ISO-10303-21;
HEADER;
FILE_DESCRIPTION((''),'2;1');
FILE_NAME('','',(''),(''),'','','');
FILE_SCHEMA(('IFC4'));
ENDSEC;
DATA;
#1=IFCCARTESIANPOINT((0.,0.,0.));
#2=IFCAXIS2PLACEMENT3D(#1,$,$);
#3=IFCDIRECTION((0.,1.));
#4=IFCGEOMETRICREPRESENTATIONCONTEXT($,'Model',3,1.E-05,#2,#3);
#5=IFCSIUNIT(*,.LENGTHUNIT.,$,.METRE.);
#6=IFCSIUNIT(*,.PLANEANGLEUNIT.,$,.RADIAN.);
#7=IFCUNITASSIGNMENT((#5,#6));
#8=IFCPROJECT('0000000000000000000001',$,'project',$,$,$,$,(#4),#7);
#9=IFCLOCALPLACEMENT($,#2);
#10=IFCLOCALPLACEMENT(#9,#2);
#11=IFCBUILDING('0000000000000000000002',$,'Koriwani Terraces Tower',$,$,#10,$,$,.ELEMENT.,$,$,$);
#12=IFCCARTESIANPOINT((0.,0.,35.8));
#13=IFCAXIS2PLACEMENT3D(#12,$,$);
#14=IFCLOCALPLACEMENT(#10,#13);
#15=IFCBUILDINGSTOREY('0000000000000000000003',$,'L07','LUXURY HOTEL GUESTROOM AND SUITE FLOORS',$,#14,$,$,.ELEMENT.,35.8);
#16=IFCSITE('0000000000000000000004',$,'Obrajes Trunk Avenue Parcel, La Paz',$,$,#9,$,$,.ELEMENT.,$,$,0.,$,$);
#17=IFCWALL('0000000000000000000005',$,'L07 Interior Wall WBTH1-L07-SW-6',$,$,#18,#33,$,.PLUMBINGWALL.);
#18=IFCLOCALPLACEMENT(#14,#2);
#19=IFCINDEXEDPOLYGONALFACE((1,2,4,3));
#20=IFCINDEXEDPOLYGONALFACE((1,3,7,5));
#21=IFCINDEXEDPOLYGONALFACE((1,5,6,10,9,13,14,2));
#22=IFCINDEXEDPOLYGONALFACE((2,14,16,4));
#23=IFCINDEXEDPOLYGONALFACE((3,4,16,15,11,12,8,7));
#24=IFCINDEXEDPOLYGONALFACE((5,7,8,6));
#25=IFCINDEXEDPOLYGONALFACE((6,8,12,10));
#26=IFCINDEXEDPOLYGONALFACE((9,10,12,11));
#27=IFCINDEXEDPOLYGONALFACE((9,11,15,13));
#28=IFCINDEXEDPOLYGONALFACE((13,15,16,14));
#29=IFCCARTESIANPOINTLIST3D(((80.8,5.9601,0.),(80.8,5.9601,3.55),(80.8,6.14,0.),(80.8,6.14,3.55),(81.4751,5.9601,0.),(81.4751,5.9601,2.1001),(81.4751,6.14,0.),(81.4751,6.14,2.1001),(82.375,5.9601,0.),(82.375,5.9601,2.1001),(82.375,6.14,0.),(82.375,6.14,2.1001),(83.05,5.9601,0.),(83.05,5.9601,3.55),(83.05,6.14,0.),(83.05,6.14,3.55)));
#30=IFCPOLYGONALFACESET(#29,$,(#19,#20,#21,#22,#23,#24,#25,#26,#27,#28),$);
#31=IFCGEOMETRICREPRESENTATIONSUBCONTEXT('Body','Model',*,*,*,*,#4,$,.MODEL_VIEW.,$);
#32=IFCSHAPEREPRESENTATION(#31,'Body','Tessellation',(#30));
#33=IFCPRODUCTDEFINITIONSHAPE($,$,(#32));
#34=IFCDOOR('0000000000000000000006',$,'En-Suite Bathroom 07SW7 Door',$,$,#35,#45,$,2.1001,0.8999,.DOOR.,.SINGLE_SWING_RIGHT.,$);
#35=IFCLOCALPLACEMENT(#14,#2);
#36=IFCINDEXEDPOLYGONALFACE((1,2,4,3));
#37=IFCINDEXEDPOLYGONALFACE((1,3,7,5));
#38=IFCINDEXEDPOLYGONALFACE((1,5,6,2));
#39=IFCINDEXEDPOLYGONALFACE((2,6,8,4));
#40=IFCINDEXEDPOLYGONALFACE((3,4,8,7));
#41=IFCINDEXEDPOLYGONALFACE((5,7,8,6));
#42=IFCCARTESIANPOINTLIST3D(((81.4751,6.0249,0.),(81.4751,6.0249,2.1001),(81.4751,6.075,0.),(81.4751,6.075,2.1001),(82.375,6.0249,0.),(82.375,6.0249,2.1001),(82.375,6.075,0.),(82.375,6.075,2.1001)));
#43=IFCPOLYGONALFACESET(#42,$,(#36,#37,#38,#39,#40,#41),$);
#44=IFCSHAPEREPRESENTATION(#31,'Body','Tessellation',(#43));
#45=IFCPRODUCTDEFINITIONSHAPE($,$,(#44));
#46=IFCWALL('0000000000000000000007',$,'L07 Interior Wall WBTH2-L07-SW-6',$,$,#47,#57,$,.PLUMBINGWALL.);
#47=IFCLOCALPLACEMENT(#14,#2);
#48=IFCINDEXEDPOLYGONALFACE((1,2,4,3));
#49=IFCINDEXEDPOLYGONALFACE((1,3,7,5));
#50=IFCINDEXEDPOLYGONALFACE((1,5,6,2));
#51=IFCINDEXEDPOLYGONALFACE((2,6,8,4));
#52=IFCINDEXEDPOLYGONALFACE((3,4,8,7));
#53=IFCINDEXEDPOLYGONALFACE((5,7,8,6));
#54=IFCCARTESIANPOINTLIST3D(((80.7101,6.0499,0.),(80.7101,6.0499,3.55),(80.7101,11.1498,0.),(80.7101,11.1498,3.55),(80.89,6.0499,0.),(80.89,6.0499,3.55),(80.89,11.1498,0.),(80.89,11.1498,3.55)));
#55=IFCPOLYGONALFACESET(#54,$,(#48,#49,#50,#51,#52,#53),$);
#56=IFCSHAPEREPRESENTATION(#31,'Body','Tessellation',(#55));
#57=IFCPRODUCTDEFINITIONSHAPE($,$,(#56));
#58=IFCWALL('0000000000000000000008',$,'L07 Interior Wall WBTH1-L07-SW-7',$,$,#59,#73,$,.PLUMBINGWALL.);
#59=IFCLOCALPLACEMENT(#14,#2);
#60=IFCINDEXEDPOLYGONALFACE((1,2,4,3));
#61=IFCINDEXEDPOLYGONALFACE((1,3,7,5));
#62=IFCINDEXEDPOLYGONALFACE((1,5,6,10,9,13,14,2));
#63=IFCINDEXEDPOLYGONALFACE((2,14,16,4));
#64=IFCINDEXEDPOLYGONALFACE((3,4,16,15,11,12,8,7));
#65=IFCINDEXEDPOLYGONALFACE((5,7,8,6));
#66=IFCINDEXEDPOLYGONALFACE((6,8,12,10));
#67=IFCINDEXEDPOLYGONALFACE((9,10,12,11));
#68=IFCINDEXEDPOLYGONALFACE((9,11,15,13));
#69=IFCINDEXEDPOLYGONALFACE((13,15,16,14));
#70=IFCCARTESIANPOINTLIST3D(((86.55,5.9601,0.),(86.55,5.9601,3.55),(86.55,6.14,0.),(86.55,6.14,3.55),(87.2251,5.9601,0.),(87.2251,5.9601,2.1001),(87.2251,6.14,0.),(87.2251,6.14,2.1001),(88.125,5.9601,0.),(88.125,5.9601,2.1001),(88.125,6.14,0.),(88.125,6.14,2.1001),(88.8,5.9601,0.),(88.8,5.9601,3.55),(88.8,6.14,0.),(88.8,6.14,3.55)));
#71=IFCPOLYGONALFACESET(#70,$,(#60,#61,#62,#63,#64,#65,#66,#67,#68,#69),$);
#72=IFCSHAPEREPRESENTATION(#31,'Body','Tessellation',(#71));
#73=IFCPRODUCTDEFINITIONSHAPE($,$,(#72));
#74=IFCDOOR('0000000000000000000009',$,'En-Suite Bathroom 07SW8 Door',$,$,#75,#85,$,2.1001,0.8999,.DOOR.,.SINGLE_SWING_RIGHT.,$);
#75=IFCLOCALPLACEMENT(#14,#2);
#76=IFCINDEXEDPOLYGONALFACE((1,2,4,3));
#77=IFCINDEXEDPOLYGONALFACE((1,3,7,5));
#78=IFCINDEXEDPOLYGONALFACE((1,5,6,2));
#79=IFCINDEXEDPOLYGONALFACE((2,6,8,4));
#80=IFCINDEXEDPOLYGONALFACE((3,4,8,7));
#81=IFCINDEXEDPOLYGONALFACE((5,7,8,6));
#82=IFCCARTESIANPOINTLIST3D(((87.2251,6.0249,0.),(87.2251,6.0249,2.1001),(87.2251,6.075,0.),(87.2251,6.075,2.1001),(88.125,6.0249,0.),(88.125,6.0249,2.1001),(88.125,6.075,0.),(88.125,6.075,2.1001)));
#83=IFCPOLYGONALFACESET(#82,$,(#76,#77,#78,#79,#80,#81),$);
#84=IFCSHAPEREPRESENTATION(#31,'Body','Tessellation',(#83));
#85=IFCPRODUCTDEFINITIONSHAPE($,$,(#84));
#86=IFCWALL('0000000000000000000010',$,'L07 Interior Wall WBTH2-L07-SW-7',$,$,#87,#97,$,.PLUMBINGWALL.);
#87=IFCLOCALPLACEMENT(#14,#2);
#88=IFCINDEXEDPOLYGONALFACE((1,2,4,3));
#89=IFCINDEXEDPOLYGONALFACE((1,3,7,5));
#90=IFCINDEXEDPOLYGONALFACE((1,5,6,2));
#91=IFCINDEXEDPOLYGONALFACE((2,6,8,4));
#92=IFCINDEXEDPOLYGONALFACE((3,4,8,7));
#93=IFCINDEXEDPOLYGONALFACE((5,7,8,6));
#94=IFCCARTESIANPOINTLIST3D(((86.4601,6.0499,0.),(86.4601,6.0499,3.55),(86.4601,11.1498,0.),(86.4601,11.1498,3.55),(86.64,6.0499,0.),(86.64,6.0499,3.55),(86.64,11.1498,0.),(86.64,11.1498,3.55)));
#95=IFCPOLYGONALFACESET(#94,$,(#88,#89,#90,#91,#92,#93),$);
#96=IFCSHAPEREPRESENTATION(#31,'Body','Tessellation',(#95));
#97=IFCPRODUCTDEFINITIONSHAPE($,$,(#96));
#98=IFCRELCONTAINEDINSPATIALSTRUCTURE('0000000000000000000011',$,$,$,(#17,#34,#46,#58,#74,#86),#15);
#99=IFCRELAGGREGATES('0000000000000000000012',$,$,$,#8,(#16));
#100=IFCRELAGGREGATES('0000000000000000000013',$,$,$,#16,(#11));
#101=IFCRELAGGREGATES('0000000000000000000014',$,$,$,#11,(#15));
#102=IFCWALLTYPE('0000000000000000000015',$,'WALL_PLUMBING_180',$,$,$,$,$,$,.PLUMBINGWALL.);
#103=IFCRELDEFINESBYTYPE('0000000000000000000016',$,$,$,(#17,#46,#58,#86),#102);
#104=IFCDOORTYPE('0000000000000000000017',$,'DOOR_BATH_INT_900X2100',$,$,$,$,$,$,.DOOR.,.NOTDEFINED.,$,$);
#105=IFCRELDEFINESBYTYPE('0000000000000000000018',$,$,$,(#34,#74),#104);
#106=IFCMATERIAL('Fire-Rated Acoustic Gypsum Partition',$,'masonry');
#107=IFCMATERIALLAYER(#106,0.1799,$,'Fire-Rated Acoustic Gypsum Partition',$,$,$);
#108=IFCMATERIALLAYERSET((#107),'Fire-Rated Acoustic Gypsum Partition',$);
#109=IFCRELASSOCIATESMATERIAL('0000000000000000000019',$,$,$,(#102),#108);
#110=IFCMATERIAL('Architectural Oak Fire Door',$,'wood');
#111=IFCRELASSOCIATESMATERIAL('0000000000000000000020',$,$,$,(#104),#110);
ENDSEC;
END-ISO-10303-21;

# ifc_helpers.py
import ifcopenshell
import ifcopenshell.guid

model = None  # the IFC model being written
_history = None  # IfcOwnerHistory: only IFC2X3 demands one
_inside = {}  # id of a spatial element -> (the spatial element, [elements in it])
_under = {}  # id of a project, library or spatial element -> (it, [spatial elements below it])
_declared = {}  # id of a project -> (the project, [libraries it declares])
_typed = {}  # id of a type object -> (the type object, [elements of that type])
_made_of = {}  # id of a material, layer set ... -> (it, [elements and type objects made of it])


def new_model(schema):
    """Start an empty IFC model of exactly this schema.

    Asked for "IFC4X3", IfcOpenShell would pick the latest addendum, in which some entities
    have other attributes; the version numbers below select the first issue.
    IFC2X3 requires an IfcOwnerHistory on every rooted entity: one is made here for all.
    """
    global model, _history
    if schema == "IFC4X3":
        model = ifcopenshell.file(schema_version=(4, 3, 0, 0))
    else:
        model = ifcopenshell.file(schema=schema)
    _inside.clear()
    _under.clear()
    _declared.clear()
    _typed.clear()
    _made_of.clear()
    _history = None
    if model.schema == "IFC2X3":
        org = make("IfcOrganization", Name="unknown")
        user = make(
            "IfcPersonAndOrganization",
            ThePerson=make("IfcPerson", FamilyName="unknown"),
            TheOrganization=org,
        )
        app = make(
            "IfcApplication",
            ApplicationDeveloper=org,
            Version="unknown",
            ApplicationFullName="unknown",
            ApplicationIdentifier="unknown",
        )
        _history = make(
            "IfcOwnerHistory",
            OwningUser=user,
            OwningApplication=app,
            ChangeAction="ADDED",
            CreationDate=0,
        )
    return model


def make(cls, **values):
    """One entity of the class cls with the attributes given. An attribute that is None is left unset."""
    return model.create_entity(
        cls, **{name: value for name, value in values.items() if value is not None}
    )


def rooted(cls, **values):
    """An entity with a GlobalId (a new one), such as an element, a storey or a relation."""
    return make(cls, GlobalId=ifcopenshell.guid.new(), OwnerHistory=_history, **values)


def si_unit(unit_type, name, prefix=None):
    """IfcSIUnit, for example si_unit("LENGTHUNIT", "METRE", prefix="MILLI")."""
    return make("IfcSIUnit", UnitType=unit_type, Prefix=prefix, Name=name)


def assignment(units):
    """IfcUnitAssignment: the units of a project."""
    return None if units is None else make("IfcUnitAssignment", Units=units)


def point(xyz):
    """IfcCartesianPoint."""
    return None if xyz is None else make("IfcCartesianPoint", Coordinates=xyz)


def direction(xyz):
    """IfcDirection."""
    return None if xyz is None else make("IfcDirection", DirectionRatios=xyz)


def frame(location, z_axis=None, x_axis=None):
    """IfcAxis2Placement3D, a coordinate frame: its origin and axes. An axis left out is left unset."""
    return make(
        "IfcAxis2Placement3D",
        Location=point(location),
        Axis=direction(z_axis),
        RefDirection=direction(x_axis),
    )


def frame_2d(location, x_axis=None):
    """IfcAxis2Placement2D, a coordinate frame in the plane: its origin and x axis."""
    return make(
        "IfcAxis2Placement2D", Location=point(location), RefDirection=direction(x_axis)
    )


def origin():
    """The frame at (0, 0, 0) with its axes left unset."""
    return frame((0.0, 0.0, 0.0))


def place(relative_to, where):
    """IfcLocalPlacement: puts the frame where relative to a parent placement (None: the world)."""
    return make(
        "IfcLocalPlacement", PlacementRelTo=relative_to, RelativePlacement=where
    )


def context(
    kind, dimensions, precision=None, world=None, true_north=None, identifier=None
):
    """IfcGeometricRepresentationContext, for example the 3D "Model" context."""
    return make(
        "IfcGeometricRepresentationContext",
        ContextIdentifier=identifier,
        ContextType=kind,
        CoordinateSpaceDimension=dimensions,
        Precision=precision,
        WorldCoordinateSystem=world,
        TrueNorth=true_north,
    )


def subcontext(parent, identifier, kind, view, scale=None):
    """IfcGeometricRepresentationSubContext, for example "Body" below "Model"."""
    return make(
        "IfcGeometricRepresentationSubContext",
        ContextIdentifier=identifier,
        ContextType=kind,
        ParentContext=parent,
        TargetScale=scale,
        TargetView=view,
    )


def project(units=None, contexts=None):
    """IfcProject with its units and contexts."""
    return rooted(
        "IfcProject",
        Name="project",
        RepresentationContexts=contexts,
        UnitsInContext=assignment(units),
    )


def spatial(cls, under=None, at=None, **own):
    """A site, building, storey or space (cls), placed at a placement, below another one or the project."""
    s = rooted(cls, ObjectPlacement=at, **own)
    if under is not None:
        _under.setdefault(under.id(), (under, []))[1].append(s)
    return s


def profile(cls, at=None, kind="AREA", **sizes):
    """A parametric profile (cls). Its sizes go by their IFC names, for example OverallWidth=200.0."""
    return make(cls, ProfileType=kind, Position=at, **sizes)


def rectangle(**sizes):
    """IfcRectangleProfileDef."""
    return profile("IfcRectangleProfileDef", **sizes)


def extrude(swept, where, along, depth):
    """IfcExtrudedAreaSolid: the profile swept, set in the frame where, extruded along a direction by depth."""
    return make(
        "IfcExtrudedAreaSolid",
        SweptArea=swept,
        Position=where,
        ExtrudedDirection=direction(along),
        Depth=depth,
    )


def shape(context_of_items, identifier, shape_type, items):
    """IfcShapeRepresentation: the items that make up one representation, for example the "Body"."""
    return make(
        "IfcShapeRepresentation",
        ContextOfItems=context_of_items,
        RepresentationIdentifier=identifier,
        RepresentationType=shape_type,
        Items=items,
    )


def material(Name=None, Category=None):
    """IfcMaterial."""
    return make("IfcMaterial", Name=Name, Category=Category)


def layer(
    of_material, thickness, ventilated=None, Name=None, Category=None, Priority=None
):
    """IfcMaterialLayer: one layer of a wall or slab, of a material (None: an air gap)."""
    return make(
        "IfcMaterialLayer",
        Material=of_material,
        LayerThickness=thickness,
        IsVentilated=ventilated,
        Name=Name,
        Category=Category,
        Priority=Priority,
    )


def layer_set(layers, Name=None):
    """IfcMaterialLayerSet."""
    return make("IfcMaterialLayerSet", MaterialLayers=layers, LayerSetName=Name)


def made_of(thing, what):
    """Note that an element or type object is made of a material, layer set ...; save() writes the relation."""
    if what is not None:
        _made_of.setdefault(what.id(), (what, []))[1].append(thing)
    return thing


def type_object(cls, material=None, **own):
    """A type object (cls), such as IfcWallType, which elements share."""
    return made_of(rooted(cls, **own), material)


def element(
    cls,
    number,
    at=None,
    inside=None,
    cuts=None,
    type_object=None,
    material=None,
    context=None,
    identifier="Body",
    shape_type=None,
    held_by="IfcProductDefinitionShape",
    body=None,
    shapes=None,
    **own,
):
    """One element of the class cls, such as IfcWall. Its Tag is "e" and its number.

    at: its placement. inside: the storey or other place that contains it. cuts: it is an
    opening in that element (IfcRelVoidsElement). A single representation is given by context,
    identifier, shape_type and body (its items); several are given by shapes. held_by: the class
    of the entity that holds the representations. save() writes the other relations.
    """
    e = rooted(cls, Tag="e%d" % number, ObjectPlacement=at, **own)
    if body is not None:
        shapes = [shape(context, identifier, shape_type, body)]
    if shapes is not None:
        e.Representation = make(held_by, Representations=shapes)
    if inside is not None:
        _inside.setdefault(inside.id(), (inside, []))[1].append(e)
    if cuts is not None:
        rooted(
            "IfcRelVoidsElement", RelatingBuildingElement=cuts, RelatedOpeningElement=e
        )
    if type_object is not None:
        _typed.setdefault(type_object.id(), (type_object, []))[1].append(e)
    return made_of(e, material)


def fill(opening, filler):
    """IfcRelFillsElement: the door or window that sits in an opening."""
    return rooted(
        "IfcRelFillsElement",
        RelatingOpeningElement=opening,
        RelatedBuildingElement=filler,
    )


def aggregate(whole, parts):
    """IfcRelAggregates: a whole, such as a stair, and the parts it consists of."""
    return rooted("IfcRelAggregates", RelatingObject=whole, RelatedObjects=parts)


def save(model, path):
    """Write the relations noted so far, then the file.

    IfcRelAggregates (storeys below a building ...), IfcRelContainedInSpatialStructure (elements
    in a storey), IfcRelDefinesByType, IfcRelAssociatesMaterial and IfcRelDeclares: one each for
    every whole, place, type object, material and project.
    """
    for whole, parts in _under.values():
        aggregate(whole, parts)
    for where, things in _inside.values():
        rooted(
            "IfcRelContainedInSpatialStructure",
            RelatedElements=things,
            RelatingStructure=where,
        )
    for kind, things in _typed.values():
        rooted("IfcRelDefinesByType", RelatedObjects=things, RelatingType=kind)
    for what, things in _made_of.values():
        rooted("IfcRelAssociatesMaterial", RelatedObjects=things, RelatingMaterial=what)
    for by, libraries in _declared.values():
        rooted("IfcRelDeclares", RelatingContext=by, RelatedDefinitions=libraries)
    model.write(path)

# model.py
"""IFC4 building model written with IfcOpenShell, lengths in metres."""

from ifc_helpers import new_model, si_unit, direction, frame, frame_2d, origin, place, context, subcontext, project, spatial, rectangle, extrude, material, layer, layer_set, type_object, element, fill, save


model = new_model("IFC4")

# Units and contexts
model_context = context("Model", 3, precision=1e-05, world=origin(), true_north=direction((0.0, 1.0)))
body_context = subcontext(model_context, "Body", "Model", "MODEL_VIEW")
ifc_project = project(units=[si_unit("LENGTHUNIT", "METRE"), si_unit("PLANEANGLEUNIT", "RADIAN")], contexts=[model_context])

# Site, building, storey
site_placement = place(None, origin())
site = spatial("IfcSite", under=ifc_project, at=site_placement, Name="Obrajes Trunk Avenue Parcel, La Paz", CompositionType="ELEMENT", RefElevation=0.0)
building_placement = place(site_placement, origin())
building = spatial("IfcBuilding", under=site, at=building_placement, Name="Koriwani Terraces Tower", CompositionType="ELEMENT")
storey_placement = place(building_placement, frame((0.0, 0.0, 35.8)))
storey = spatial("IfcBuildingStorey", under=building, at=storey_placement, Name="L07", Description="LUXURY HOTEL GUESTROOM AND SUITE FLOORS", CompositionType="ELEMENT", Elevation=35.8)

# Wall, opening, door
ifc_material_1 = material(Name="Fire-Rated Acoustic Gypsum Partition", Category="masonry")
ifc_layer_1 = layer(ifc_material_1, 0.1799, Name="Fire-Rated Acoustic Gypsum Partition")
ifc_layer_set_1 = layer_set([ifc_layer_1], Name="Fire-Rated Acoustic Gypsum Partition")
wall_type_1 = type_object("IfcWallType", Name="WALL_PLUMBING_180", PredefinedType="PLUMBINGWALL", material=ifc_layer_set_1)
wall_1_placement = place(storey_placement, frame((80.8, 6.05, 0.0), z_axis=(0.0, 0.0, 1.0), x_axis=(1.0, 0.0, 0.0)))
wall_1 = element("IfcWall", 1, at=wall_1_placement, inside=storey, type_object=wall_type_1, Name="L07 Interior Wall WBTH1-L07-SW-6", PredefinedType="PLUMBINGWALL", context=body_context, shape_type="SweptSolid", body=[
    extrude(rectangle(XDim=2.25, YDim=0.1799, at=frame_2d((1.125, 0.0))), origin(), (0.0, 0.0, 1.0), 3.55),
])
opening_1_placement = place(wall_1_placement, frame((0.675, 0.0, 0.0)))
opening_1 = element("IfcOpeningElement", 2, at=opening_1_placement, cuts=wall_1, PredefinedType="OPENING", context=body_context, shape_type="SweptSolid", body=[
    extrude(rectangle(XDim=0.8999, YDim=2.1001, at=frame_2d((0.45, 1.05))), frame((0.0, 0.1001, 0.0), z_axis=(0.0, -1.0, 0.0), x_axis=(1.0, 0.0, 0.0)), (0.0, 0.0, 1.0), 0.2),
])
ifc_material_2 = material(Name="Architectural Oak Fire Door", Category="wood")
door_type_1 = type_object("IfcDoorType", Name="DOOR_BATH_INT_900X2100", OperationType="NOTDEFINED", PredefinedType="DOOR", material=ifc_material_2)
door_1_placement = place(opening_1_placement, origin())
door_1 = element("IfcDoor", 3, at=door_1_placement, inside=storey, type_object=door_type_1, Name="En-Suite Bathroom 07SW7 Door", OperationType="SINGLE_SWING_RIGHT", OverallHeight=2.1001, OverallWidth=0.8999, PredefinedType="DOOR", context=body_context, shape_type="SweptSolid", body=[
    extrude(rectangle(XDim=0.8999, YDim=2.1001, at=frame_2d((0.45, 1.05))), frame((0.0, 0.0249, 0.0), z_axis=(0.0, -1.0, 0.0), x_axis=(1.0, 0.0, 0.0)), (0.0, 0.0, 1.0), 0.05),
])
fill(opening_1, door_1)

# Wall
wall_2_placement = place(storey_placement, frame((80.8, 6.05, 0.0), z_axis=(0.0, 0.0, 1.0), x_axis=(0.0, 1.0, 0.0)))
element("IfcWall", 4, at=wall_2_placement, inside=storey, type_object=wall_type_1, Name="L07 Interior Wall WBTH2-L07-SW-6", PredefinedType="PLUMBINGWALL", context=body_context, shape_type="SweptSolid", body=[
    extrude(rectangle(XDim=5.0999, YDim=0.1799, at=frame_2d((2.5498, 0.0))), origin(), (0.0, 0.0, 1.0), 3.55),
])

# Wall, opening, door
wall_3_placement = place(storey_placement, frame((86.55, 6.05, 0.0), z_axis=(0.0, 0.0, 1.0), x_axis=(1.0, 0.0, 0.0)))
wall_3 = element("IfcWall", 5, at=wall_3_placement, inside=storey, type_object=wall_type_1, Name="L07 Interior Wall WBTH1-L07-SW-7", PredefinedType="PLUMBINGWALL", context=body_context, shape_type="SweptSolid", body=[
    extrude(rectangle(XDim=2.25, YDim=0.1799, at=frame_2d((1.125, 0.0))), origin(), (0.0, 0.0, 1.0), 3.55),
])
opening_2_placement = place(wall_3_placement, frame((0.675, 0.0, 0.0)))
opening_2 = element("IfcOpeningElement", 6, at=opening_2_placement, cuts=wall_3, PredefinedType="OPENING", context=body_context, shape_type="SweptSolid", body=[
    extrude(rectangle(XDim=0.8999, YDim=2.1001, at=frame_2d((0.45, 1.05))), frame((0.0, 0.1001, 0.0), z_axis=(0.0, -1.0, 0.0), x_axis=(1.0, 0.0, 0.0)), (0.0, 0.0, 1.0), 0.2),
])
door_2_placement = place(opening_2_placement, origin())
door_2 = element("IfcDoor", 7, at=door_2_placement, inside=storey, type_object=door_type_1, Name="En-Suite Bathroom 07SW8 Door", OperationType="SINGLE_SWING_RIGHT", OverallHeight=2.1001, OverallWidth=0.8999, PredefinedType="DOOR", context=body_context, shape_type="SweptSolid", body=[
    extrude(rectangle(XDim=0.8999, YDim=2.1001, at=frame_2d((0.45, 1.05))), frame((0.0, 0.0249, 0.0), z_axis=(0.0, -1.0, 0.0), x_axis=(1.0, 0.0, 0.0)), (0.0, 0.0, 1.0), 0.05),
])
fill(opening_2, door_2)

# Wall
wall_4_placement = place(storey_placement, frame((86.55, 6.05, 0.0), z_axis=(0.0, 0.0, 1.0), x_axis=(0.0, 1.0, 0.0)))
element("IfcWall", 8, at=wall_4_placement, inside=storey, type_object=wall_type_1, Name="L07 Interior Wall WBTH2-L07-SW-7", PredefinedType="PLUMBINGWALL", context=body_context, shape_type="SweptSolid", body=[
    extrude(rectangle(XDim=5.0999, YDim=0.1799, at=frame_2d((2.5498, 0.0))), origin(), (0.0, 0.0, 1.0), 3.55),
])

save(model, "model.ifc")
